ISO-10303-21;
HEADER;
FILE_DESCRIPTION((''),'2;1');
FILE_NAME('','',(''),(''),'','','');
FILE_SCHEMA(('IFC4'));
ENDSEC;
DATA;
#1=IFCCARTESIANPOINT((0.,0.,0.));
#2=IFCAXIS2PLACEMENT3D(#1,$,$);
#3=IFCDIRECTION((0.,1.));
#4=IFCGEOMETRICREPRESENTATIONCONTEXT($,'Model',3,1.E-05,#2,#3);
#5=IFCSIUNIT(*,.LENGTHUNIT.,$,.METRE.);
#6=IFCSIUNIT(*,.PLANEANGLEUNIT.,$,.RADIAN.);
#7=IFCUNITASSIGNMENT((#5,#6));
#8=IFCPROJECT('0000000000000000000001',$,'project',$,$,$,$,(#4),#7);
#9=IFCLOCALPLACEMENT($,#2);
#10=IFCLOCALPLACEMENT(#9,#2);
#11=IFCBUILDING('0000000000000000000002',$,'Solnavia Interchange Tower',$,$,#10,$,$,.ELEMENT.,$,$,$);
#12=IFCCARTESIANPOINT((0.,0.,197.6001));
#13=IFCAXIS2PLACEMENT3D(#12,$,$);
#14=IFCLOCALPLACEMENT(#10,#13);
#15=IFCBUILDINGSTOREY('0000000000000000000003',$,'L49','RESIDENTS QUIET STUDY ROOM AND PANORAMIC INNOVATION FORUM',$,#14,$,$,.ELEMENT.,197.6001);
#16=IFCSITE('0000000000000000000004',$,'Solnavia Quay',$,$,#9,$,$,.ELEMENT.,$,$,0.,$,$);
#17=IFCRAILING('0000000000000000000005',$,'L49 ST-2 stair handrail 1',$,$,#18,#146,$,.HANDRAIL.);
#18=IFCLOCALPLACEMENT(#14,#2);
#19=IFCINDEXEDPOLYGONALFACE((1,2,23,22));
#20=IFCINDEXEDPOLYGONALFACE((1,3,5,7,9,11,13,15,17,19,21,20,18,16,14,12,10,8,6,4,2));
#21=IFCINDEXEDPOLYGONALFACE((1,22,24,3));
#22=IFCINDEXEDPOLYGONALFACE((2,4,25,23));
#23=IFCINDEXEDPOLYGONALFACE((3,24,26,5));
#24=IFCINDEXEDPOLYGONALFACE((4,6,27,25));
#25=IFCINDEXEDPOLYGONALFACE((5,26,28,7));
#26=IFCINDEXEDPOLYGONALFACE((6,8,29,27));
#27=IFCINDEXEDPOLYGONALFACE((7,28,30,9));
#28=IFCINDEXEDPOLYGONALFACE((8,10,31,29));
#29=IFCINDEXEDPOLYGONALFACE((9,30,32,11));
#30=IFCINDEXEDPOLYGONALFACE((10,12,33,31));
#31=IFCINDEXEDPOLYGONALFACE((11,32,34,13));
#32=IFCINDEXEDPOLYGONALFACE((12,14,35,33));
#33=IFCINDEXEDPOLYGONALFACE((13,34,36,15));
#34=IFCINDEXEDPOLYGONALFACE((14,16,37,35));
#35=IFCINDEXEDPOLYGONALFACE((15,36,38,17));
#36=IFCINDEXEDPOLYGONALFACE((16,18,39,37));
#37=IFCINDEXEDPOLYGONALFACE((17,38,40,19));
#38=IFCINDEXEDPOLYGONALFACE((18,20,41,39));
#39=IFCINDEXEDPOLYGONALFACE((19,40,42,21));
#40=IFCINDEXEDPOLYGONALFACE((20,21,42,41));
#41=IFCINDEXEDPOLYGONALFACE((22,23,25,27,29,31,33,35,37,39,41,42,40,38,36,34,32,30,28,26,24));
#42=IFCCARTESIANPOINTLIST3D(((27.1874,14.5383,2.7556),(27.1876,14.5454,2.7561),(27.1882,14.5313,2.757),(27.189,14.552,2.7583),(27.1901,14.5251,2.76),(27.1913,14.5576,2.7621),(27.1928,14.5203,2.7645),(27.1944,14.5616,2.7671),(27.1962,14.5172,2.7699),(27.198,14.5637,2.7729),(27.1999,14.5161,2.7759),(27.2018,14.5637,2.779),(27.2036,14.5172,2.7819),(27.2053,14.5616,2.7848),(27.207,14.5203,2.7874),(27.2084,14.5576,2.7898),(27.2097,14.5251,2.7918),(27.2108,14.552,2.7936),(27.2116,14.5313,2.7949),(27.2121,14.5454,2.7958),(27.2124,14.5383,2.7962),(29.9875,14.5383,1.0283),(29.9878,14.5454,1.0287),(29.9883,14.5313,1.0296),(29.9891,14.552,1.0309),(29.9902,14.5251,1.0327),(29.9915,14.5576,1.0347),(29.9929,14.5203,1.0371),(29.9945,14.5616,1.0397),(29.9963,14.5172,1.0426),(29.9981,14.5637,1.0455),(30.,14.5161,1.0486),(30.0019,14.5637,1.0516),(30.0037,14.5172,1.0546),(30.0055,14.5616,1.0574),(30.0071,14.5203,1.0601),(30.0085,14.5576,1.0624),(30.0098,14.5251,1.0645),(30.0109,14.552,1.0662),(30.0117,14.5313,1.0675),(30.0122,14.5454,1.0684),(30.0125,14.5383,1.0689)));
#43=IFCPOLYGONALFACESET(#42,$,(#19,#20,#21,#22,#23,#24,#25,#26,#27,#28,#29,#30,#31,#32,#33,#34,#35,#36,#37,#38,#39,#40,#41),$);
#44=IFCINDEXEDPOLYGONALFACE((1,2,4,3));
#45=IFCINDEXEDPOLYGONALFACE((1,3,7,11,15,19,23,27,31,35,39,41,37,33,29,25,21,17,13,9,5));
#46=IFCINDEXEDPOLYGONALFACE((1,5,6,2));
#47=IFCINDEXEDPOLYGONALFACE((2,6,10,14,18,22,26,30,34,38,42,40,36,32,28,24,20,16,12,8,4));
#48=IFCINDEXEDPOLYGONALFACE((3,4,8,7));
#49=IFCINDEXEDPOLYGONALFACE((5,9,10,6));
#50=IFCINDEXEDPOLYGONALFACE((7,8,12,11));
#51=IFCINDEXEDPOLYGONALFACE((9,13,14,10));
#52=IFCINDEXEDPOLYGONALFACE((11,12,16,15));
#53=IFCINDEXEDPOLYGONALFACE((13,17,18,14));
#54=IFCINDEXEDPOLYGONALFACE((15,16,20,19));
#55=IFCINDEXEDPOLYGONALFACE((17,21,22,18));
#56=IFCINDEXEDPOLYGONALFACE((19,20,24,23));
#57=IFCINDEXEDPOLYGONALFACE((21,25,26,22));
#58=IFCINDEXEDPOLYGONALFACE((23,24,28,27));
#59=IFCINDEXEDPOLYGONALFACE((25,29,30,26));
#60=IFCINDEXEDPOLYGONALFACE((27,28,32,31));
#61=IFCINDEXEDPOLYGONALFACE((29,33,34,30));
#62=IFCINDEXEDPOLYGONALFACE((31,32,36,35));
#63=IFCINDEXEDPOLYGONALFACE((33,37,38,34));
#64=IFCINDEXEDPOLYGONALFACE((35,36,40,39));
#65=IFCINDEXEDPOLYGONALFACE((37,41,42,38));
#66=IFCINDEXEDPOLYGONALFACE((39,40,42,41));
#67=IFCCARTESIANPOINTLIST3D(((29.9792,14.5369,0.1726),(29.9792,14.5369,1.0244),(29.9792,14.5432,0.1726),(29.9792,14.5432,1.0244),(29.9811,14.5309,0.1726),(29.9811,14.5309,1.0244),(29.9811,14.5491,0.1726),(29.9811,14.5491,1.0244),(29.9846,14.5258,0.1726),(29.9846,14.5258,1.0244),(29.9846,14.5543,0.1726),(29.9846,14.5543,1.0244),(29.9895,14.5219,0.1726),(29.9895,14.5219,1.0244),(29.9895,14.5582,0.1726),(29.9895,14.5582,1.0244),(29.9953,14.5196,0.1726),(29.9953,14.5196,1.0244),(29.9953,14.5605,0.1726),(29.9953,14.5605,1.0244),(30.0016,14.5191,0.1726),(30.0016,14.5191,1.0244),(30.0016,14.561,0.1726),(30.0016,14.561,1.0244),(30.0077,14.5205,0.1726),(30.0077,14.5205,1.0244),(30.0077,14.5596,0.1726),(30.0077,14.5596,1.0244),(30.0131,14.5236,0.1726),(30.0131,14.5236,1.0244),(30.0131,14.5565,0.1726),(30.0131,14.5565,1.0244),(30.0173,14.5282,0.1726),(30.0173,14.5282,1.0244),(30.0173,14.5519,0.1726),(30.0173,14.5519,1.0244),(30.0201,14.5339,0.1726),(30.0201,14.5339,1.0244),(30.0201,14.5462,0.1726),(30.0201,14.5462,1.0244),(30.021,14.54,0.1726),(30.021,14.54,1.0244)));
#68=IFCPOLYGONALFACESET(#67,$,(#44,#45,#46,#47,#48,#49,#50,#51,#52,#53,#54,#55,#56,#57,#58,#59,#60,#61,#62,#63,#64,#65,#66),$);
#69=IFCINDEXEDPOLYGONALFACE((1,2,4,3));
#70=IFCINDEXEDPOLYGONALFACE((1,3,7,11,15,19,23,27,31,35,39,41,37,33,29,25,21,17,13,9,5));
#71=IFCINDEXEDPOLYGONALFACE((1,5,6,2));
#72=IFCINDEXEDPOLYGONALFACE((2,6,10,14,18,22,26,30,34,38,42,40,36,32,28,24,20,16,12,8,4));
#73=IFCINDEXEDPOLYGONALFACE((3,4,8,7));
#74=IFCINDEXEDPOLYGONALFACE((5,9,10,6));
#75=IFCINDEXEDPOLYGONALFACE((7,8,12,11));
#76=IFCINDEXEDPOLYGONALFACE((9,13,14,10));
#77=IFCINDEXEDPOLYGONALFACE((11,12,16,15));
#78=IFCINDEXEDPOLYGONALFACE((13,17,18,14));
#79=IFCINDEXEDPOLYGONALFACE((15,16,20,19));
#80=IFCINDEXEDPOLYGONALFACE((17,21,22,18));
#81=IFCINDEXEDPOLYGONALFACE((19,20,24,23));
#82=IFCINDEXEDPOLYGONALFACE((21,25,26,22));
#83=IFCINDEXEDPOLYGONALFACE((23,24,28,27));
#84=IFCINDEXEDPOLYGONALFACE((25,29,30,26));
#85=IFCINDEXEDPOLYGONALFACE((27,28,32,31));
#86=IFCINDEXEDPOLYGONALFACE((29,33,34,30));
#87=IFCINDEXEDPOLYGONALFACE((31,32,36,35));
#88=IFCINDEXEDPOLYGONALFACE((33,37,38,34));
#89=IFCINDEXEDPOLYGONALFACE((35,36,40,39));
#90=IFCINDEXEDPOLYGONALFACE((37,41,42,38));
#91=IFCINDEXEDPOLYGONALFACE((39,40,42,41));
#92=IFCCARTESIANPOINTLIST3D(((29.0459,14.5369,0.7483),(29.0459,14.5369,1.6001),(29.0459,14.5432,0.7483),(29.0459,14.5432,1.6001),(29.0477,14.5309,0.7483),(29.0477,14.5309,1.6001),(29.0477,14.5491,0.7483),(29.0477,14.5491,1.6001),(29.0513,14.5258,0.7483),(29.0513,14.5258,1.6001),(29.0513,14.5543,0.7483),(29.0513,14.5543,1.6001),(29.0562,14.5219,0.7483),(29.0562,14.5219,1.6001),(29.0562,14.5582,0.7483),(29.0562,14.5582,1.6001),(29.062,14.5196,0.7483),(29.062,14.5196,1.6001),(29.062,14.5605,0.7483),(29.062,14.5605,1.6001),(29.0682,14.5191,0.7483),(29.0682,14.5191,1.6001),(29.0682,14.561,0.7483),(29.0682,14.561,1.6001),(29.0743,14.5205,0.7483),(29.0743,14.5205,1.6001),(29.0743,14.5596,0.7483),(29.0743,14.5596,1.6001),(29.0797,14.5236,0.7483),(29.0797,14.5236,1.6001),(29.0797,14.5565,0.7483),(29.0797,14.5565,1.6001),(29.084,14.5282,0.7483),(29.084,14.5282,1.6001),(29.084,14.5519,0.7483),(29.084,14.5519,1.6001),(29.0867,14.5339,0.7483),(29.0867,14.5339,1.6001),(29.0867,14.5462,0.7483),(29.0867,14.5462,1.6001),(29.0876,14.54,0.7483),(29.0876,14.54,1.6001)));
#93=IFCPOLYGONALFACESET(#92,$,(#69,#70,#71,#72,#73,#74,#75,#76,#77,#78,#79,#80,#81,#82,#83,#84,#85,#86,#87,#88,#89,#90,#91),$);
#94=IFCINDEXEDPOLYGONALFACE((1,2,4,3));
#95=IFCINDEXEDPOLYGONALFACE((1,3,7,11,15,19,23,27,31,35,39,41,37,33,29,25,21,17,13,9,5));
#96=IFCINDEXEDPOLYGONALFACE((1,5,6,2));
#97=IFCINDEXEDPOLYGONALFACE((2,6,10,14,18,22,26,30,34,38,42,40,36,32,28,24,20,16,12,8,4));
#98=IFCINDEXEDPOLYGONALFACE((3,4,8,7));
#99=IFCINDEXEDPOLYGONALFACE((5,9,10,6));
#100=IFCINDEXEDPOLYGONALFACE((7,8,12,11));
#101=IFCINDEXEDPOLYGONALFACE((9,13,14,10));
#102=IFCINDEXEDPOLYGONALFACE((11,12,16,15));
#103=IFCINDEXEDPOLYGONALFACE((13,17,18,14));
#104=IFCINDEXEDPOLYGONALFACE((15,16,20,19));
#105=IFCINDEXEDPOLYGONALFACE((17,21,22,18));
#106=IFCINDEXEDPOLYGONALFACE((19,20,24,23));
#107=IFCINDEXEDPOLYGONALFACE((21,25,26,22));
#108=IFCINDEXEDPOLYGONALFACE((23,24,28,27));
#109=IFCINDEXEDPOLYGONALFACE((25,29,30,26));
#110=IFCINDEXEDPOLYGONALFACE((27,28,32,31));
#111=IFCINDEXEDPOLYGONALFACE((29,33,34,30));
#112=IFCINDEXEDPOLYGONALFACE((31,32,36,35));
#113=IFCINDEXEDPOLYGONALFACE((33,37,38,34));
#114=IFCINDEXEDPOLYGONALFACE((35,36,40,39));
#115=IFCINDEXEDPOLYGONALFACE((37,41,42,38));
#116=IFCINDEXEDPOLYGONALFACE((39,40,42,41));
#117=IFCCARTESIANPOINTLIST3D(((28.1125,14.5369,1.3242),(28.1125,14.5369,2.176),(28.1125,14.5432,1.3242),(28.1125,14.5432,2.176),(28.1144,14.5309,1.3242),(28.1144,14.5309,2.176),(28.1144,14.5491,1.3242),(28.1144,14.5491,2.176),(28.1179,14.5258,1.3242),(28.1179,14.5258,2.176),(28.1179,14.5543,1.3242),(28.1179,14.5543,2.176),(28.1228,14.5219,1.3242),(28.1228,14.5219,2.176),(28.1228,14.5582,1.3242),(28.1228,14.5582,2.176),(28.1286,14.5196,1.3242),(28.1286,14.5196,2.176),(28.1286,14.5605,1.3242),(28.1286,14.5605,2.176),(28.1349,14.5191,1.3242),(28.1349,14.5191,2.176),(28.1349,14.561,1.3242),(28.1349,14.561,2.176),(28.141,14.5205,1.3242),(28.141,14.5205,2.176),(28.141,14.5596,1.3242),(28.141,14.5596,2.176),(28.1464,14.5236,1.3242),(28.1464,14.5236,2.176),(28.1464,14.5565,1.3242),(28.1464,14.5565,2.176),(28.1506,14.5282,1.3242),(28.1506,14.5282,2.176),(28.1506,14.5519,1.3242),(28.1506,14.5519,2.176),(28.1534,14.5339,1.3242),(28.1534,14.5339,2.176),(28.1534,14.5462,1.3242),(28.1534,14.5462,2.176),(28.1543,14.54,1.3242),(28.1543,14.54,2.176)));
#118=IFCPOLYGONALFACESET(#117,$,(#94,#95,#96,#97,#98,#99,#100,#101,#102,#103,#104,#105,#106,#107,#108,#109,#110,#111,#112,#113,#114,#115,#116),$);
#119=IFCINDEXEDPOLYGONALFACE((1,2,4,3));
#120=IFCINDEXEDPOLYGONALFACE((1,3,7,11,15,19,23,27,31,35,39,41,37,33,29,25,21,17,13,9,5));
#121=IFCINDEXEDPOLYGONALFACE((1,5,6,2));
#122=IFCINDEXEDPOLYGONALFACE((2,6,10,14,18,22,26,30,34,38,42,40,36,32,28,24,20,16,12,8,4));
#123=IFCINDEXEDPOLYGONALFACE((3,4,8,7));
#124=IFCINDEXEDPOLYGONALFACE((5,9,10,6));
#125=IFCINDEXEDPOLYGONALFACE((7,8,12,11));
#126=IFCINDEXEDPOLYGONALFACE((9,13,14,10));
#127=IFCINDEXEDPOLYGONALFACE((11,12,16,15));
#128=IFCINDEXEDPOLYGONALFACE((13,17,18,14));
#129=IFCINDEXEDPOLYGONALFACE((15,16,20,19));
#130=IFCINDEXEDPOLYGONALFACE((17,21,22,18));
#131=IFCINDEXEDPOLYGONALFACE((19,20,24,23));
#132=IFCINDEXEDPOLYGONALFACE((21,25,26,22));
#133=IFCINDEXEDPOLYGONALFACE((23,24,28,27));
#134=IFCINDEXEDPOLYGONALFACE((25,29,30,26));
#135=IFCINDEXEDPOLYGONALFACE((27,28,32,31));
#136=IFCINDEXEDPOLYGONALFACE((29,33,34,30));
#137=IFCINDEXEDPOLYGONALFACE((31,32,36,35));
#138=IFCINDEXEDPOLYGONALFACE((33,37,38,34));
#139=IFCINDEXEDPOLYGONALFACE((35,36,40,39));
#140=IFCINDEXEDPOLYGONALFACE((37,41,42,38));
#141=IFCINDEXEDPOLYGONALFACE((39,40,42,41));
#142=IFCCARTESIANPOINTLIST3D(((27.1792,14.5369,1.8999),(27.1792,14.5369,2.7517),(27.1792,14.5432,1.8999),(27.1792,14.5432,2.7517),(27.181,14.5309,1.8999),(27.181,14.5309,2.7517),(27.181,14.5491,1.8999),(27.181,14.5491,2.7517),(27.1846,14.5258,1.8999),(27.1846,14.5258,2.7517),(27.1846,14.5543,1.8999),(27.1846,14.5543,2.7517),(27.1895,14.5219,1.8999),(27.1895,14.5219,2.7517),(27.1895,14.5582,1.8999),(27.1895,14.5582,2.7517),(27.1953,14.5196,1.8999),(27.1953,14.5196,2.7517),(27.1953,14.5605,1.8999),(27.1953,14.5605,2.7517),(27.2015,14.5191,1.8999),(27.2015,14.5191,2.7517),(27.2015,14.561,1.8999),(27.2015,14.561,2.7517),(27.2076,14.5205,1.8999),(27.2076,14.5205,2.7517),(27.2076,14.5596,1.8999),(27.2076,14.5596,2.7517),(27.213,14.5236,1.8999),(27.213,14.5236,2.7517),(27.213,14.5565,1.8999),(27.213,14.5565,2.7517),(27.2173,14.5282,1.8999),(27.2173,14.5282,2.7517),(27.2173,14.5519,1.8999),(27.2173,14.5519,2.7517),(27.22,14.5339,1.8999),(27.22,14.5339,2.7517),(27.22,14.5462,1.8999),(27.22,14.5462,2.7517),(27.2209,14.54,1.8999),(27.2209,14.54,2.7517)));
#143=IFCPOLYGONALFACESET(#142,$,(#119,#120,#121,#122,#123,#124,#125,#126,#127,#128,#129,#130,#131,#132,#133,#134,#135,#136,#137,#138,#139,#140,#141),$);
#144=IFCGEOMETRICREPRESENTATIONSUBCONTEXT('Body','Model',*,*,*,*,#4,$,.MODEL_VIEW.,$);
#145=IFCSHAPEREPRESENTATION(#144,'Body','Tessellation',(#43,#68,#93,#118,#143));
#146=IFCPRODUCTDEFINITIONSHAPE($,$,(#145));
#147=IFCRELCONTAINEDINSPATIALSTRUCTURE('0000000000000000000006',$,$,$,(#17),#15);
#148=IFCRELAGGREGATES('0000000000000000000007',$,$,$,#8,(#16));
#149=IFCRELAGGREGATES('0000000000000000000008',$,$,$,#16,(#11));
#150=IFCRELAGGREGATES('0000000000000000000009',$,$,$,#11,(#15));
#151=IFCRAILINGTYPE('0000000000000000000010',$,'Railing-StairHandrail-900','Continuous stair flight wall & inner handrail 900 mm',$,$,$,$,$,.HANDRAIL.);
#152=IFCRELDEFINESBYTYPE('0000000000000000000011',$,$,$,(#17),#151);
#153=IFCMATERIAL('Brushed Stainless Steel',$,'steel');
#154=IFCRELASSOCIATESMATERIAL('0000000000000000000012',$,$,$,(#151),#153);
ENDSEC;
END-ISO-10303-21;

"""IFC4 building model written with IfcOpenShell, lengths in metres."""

from ifc_helpers import new_model, si_unit, direction, frame, origin, origin_2d, place, context, subcontext, project, spatial, circle, extrude, material, type_object, element, save


model = new_model("IFC4")

# Units and contexts
model_context = context("Model", 3, precision=1e-05, world=origin(), true_north=direction((0.0, 1.0)))
body_context = subcontext(model_context, "Body", "Model", "MODEL_VIEW")
ifc_project = project(units=[si_unit("LENGTHUNIT", "METRE"), si_unit("PLANEANGLEUNIT", "RADIAN")], contexts=[model_context])

# Site, building, storey
site_placement = place(None, origin())
site = spatial("IfcSite", under=ifc_project, at=site_placement, Name="Solnavia Quay", CompositionType="ELEMENT", RefElevation=0.0)
building_placement = place(site_placement, origin())
building = spatial("IfcBuilding", under=site, at=building_placement, Name="Solnavia Interchange Tower", CompositionType="ELEMENT")
storey_placement = place(building_placement, frame((0.0, 0.0, 197.6001)))
storey = spatial("IfcBuildingStorey", under=building, at=storey_placement, Name="L49", Description="RESIDENTS QUIET STUDY ROOM AND PANORAMIC INNOVATION FORUM", CompositionType="ELEMENT", Elevation=197.6001)

# Railing
ifc_material_1 = material(Name="Brushed Stainless Steel", Category="steel")
railing_type_1 = type_object("IfcRailingType", Name="Railing-StairHandrail-900", Description="Continuous stair flight wall & inner handrail 900 mm", PredefinedType="HANDRAIL", material=ifc_material_1)
railing_1_placement = place(storey_placement, frame((30.0, 14.54, 0.1726)))
element("IfcRailing", 1, at=railing_1_placement, inside=storey, type_object=railing_type_1, Name="L49 ST-2 stair handrail 1", PredefinedType="HANDRAIL", context=body_context, shape_type="SweptSolid", body=[
    extrude(circle(Radius=0.0239, at=origin_2d()), frame((0.0, 0.0, 0.876), z_axis=(-0.85109, 0.0, 0.52502), x_axis=(0.0, -1.0, 0.0)), (0.0, 0.0, 1.0), 3.29),
    extrude(circle(Radius=0.021, at=origin_2d()), origin(), (0.0, 0.0, 1.0), 0.8518),
    extrude(circle(Radius=0.021, at=origin_2d()), frame((-0.9333, 0.0, 0.5757)), (0.0, 0.0, 1.0), 0.8518),
    extrude(circle(Radius=0.021, at=origin_2d()), frame((-1.8667, 0.0, 1.1516)), (0.0, 0.0, 1.0), 0.8518),
    extrude(circle(Radius=0.021, at=origin_2d()), frame((-2.8, 0.0, 1.7273)), (0.0, 0.0, 1.0), 0.8518),
])

save(model, "model.ifc")
